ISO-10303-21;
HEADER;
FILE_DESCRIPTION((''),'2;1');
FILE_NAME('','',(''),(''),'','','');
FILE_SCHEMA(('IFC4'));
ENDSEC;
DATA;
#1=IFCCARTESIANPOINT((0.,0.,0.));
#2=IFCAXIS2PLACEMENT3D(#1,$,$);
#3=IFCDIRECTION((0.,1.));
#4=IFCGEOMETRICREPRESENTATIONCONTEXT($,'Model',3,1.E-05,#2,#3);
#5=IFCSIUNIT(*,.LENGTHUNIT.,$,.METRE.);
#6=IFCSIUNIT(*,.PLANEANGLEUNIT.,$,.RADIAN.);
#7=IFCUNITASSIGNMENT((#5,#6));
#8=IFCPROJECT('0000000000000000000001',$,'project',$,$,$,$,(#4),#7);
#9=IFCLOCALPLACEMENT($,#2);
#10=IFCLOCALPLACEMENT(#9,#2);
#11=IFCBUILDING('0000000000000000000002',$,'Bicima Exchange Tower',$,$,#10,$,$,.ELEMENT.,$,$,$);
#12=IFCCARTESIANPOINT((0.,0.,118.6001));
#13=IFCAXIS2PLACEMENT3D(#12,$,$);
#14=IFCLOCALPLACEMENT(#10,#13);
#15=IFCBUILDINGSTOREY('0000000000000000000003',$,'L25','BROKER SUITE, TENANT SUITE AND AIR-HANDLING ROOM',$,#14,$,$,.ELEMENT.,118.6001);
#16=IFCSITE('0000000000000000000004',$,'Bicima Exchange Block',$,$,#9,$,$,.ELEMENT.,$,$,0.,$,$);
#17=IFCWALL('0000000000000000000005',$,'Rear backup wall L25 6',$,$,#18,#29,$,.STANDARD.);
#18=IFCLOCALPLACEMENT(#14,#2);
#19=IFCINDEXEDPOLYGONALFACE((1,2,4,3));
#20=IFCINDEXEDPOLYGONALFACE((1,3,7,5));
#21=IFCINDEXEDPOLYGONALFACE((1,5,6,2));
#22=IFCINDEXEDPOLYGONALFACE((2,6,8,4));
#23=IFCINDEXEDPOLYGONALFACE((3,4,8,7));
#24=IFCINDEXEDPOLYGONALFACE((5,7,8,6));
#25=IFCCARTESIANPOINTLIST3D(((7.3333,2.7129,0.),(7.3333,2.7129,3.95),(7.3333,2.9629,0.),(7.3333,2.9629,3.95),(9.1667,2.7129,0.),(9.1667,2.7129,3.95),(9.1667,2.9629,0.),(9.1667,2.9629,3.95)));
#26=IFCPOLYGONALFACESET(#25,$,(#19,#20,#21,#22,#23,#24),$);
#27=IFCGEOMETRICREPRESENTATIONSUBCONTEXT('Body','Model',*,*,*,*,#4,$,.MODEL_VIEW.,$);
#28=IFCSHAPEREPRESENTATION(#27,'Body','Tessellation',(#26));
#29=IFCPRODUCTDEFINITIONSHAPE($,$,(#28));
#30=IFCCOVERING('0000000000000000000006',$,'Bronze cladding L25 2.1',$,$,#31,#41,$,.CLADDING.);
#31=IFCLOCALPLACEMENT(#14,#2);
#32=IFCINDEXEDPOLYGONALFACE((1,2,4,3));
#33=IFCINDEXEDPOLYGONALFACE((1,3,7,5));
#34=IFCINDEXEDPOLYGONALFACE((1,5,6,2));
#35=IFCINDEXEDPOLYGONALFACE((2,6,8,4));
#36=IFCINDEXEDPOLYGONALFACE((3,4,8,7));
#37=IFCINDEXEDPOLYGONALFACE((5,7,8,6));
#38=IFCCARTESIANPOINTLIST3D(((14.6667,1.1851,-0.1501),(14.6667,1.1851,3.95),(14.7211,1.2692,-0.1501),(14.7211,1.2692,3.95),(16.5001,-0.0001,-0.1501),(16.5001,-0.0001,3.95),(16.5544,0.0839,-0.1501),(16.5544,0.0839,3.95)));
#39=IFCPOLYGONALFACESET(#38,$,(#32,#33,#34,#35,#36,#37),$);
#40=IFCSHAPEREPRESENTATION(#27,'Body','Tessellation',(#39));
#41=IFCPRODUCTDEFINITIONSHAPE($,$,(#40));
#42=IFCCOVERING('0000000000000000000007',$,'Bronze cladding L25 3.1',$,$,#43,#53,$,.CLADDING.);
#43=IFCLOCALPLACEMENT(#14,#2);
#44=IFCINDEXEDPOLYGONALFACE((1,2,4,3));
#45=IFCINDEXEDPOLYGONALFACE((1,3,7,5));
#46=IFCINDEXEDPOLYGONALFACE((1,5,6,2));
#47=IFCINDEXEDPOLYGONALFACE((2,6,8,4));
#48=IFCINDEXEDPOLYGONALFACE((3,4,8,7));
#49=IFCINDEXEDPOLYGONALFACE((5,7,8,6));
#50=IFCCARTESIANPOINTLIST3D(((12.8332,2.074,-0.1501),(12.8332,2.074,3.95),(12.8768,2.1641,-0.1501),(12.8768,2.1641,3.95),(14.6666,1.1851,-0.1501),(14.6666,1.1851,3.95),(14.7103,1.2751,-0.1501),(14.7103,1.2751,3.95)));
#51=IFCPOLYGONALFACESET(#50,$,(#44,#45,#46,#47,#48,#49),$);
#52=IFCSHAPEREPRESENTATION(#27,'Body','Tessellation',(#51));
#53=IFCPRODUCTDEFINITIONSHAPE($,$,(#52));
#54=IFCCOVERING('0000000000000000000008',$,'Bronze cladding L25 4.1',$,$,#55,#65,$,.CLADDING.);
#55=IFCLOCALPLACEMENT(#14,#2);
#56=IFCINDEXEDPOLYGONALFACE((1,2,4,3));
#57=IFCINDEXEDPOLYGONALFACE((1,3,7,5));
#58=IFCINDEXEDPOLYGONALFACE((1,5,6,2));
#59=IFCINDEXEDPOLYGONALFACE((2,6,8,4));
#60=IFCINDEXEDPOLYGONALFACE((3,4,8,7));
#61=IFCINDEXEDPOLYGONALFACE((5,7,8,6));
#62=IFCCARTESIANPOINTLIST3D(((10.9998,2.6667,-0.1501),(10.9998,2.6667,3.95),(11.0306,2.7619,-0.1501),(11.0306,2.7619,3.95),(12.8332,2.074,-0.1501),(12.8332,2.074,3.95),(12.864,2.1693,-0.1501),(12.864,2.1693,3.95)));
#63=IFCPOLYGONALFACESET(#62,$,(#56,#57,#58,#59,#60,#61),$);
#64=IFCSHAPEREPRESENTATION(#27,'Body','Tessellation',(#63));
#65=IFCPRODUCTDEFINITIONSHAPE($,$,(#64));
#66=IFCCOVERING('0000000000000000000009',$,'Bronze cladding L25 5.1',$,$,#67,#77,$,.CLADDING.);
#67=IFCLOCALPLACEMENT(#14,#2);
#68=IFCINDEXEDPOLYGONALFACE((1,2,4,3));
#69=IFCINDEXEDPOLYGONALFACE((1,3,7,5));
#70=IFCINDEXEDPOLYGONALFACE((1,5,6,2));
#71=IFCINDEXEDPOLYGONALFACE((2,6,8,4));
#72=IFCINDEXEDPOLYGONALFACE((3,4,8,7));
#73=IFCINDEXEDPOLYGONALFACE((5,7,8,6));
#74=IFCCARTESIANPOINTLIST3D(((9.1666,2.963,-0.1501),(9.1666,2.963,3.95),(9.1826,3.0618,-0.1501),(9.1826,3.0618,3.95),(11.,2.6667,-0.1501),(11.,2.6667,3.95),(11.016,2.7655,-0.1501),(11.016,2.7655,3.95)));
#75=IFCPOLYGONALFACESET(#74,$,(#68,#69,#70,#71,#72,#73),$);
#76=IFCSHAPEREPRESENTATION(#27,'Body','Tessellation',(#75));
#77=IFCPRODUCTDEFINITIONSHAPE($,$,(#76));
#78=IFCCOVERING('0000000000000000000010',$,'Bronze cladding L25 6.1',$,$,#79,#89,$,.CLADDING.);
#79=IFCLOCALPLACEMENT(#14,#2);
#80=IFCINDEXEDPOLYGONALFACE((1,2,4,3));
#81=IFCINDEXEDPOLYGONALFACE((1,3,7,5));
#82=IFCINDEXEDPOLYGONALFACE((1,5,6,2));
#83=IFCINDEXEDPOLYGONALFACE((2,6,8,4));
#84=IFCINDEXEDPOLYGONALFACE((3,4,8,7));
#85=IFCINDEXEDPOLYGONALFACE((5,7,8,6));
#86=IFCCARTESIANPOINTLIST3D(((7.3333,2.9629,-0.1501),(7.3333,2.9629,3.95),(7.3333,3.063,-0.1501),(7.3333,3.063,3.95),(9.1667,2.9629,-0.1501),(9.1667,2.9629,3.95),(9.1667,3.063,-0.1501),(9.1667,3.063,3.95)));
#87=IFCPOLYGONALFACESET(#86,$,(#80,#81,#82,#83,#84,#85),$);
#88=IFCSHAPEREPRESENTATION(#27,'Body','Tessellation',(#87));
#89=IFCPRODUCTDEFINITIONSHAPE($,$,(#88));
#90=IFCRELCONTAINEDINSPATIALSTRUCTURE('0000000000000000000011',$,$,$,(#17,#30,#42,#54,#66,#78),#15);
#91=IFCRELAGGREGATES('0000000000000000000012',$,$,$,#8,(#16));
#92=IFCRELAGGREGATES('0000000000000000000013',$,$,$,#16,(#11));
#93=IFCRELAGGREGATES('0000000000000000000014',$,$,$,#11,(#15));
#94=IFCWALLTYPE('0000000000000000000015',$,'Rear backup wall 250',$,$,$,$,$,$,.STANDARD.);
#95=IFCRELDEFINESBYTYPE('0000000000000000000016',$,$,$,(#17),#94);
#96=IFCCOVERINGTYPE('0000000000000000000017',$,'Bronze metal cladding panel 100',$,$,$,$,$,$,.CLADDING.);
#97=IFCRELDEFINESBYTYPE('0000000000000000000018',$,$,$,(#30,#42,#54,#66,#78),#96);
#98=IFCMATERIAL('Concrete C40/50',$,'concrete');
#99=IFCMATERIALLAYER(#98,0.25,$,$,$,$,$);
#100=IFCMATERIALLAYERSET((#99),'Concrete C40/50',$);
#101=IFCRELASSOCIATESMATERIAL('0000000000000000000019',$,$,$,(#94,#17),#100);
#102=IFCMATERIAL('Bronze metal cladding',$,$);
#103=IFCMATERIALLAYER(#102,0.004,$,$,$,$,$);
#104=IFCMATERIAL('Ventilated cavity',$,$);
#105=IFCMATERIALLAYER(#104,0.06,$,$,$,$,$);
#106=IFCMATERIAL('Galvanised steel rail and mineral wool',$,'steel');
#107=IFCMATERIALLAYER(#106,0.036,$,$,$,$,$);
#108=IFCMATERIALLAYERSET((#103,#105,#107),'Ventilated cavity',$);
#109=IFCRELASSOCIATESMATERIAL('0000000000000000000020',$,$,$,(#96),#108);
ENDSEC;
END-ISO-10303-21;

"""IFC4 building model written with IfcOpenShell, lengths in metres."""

from ifc_helpers import new_model, si_unit, direction, frame, frame_2d, origin, origin_2d, place, context, subcontext, project, spatial, rectangle, extrude, material, layer, layer_set, layer_usage, type_object, element, save


model = new_model("IFC4")

# Units and contexts
model_context = context("Model", 3, precision=1e-05, world=origin(), true_north=direction((0.0, 1.0)))
body_context = subcontext(model_context, "Body", "Model", "MODEL_VIEW")
ifc_project = project(units=[si_unit("LENGTHUNIT", "METRE"), si_unit("PLANEANGLEUNIT", "RADIAN")], contexts=[model_context])

# Site, building, storey
site_placement = place(None, origin())
site = spatial("IfcSite", under=ifc_project, at=site_placement, Name="Bicima Exchange Block", CompositionType="ELEMENT", RefElevation=0.0)
building_placement = place(site_placement, origin())
building = spatial("IfcBuilding", under=site, at=building_placement, Name="Bicima Exchange Tower", CompositionType="ELEMENT")
storey_placement = place(building_placement, frame((0.0, 0.0, 118.6001)))
storey = spatial("IfcBuildingStorey", under=building, at=storey_placement, Name="L25", Description="BROKER SUITE, TENANT SUITE AND AIR-HANDLING ROOM", CompositionType="ELEMENT", Elevation=118.6001)

# Wall
ifc_material_1 = material(Name="Concrete C40/50", Category="concrete")
ifc_layer_1 = layer(ifc_material_1, 0.25)
ifc_layer_set_1 = layer_set([ifc_layer_1], Name="Concrete C40/50")
ifc_layer_usage = layer_usage(ifc_layer_set_1, "AXIS2", "POSITIVE", -0.125)
wall_type_1 = type_object("IfcWallType", Name="Rear backup wall 250", PredefinedType="STANDARD", material=ifc_layer_set_1)
wall_1_placement = place(storey_placement, frame((9.1667, 2.8379, 0.0), z_axis=(0.0, 0.0, 1.0), x_axis=(-1.0, 0.0, 0.0)))
element("IfcWall", 1, at=wall_1_placement, inside=storey, type_object=wall_type_1, material=ifc_layer_usage, Name="Rear backup wall L25 6", PredefinedType="STANDARD", context=body_context, shape_type="SweptSolid", body=[
    extrude(rectangle(XDim=1.8335, YDim=0.25, at=frame_2d((0.9167, 0.0))), origin(), (0.0, 0.0, 1.0), 3.95),
])

# Coverings
ifc_material_2 = material(Name="Bronze metal cladding")
ifc_layer_2 = layer(ifc_material_2, 0.004)
ifc_material_3 = material(Name="Ventilated cavity")
ifc_layer_3 = layer(ifc_material_3, 0.06)
ifc_material_4 = material(Name="Galvanised steel rail and mineral wool", Category="steel")
ifc_layer_4 = layer(ifc_material_4, 0.036)
ifc_layer_set_2 = layer_set([ifc_layer_2, ifc_layer_3, ifc_layer_4], Name="Ventilated cavity")
covering_type = type_object("IfcCoveringType", Name="Bronze metal cladding panel 100", PredefinedType="CLADDING", material=ifc_layer_set_2)
covering_1_placement = place(storey_placement, frame((15.6106, 0.6345, -0.1501), z_axis=(0.0, 0.0, 1.0), x_axis=(-0.83979, 0.542911, 0.0)))
element("IfcCovering", 2, at=covering_1_placement, inside=storey, type_object=covering_type, Name="Bronze cladding L25 2.1", PredefinedType="CLADDING", context=body_context, shape_type="SweptSolid", body=[
    extrude(rectangle(XDim=2.1831, YDim=0.1001, at=origin_2d()), origin(), (0.0, 0.0, 1.0), 4.1001),
])
covering_2_placement = place(storey_placement, frame((13.7717, 1.6746, -0.1501), z_axis=(0.0, 0.0, 1.0), x_axis=(-0.899818, 0.436265, 0.0)))
element("IfcCovering", 3, at=covering_2_placement, inside=storey, type_object=covering_type, Name="Bronze cladding L25 3.1", PredefinedType="CLADDING", context=body_context, shape_type="SweptSolid", body=[
    extrude(rectangle(XDim=2.0376, YDim=0.1001, at=origin_2d()), origin(), (0.0, 0.0, 1.0), 4.1001),
])
covering_3_placement = place(storey_placement, frame((11.9319, 2.418, -0.1501), z_axis=(0.0, 0.0, 1.0), x_axis=(-0.951525, 0.307573, 0.0)))
element("IfcCovering", 4, at=covering_3_placement, inside=storey, type_object=covering_type, Name="Bronze cladding L25 4.1", PredefinedType="CLADDING", context=body_context, shape_type="SweptSolid", body=[
    extrude(rectangle(XDim=1.9268, YDim=0.1001, at=origin_2d()), origin(), (0.0, 0.0, 1.0), 4.1001),
])
covering_4_placement = place(storey_placement, frame((10.0913, 2.8643, -0.1501), z_axis=(0.0, 0.0, 1.0), x_axis=(-0.98719, 0.15955, 0.0)))
element("IfcCovering", 5, at=covering_4_placement, inside=storey, type_object=covering_type, Name="Bronze cladding L25 5.1", PredefinedType="CLADDING", context=body_context, shape_type="SweptSolid", body=[
    extrude(rectangle(XDim=1.8572, YDim=0.1001, at=origin_2d()), origin(), (0.0, 0.0, 1.0), 4.1001),
])
covering_5_placement = place(storey_placement, frame((8.25, 3.0129, -0.1501), z_axis=(0.0, 0.0, 1.0), x_axis=(-1.0, 0.0, 0.0)))
element("IfcCovering", 6, at=covering_5_placement, inside=storey, type_object=covering_type, Name="Bronze cladding L25 6.1", PredefinedType="CLADDING", context=body_context, shape_type="SweptSolid", body=[
    extrude(rectangle(XDim=1.8335, YDim=0.1001, at=origin_2d()), origin(), (0.0, 0.0, 1.0), 4.1001),
])

save(model, "model.ifc")
